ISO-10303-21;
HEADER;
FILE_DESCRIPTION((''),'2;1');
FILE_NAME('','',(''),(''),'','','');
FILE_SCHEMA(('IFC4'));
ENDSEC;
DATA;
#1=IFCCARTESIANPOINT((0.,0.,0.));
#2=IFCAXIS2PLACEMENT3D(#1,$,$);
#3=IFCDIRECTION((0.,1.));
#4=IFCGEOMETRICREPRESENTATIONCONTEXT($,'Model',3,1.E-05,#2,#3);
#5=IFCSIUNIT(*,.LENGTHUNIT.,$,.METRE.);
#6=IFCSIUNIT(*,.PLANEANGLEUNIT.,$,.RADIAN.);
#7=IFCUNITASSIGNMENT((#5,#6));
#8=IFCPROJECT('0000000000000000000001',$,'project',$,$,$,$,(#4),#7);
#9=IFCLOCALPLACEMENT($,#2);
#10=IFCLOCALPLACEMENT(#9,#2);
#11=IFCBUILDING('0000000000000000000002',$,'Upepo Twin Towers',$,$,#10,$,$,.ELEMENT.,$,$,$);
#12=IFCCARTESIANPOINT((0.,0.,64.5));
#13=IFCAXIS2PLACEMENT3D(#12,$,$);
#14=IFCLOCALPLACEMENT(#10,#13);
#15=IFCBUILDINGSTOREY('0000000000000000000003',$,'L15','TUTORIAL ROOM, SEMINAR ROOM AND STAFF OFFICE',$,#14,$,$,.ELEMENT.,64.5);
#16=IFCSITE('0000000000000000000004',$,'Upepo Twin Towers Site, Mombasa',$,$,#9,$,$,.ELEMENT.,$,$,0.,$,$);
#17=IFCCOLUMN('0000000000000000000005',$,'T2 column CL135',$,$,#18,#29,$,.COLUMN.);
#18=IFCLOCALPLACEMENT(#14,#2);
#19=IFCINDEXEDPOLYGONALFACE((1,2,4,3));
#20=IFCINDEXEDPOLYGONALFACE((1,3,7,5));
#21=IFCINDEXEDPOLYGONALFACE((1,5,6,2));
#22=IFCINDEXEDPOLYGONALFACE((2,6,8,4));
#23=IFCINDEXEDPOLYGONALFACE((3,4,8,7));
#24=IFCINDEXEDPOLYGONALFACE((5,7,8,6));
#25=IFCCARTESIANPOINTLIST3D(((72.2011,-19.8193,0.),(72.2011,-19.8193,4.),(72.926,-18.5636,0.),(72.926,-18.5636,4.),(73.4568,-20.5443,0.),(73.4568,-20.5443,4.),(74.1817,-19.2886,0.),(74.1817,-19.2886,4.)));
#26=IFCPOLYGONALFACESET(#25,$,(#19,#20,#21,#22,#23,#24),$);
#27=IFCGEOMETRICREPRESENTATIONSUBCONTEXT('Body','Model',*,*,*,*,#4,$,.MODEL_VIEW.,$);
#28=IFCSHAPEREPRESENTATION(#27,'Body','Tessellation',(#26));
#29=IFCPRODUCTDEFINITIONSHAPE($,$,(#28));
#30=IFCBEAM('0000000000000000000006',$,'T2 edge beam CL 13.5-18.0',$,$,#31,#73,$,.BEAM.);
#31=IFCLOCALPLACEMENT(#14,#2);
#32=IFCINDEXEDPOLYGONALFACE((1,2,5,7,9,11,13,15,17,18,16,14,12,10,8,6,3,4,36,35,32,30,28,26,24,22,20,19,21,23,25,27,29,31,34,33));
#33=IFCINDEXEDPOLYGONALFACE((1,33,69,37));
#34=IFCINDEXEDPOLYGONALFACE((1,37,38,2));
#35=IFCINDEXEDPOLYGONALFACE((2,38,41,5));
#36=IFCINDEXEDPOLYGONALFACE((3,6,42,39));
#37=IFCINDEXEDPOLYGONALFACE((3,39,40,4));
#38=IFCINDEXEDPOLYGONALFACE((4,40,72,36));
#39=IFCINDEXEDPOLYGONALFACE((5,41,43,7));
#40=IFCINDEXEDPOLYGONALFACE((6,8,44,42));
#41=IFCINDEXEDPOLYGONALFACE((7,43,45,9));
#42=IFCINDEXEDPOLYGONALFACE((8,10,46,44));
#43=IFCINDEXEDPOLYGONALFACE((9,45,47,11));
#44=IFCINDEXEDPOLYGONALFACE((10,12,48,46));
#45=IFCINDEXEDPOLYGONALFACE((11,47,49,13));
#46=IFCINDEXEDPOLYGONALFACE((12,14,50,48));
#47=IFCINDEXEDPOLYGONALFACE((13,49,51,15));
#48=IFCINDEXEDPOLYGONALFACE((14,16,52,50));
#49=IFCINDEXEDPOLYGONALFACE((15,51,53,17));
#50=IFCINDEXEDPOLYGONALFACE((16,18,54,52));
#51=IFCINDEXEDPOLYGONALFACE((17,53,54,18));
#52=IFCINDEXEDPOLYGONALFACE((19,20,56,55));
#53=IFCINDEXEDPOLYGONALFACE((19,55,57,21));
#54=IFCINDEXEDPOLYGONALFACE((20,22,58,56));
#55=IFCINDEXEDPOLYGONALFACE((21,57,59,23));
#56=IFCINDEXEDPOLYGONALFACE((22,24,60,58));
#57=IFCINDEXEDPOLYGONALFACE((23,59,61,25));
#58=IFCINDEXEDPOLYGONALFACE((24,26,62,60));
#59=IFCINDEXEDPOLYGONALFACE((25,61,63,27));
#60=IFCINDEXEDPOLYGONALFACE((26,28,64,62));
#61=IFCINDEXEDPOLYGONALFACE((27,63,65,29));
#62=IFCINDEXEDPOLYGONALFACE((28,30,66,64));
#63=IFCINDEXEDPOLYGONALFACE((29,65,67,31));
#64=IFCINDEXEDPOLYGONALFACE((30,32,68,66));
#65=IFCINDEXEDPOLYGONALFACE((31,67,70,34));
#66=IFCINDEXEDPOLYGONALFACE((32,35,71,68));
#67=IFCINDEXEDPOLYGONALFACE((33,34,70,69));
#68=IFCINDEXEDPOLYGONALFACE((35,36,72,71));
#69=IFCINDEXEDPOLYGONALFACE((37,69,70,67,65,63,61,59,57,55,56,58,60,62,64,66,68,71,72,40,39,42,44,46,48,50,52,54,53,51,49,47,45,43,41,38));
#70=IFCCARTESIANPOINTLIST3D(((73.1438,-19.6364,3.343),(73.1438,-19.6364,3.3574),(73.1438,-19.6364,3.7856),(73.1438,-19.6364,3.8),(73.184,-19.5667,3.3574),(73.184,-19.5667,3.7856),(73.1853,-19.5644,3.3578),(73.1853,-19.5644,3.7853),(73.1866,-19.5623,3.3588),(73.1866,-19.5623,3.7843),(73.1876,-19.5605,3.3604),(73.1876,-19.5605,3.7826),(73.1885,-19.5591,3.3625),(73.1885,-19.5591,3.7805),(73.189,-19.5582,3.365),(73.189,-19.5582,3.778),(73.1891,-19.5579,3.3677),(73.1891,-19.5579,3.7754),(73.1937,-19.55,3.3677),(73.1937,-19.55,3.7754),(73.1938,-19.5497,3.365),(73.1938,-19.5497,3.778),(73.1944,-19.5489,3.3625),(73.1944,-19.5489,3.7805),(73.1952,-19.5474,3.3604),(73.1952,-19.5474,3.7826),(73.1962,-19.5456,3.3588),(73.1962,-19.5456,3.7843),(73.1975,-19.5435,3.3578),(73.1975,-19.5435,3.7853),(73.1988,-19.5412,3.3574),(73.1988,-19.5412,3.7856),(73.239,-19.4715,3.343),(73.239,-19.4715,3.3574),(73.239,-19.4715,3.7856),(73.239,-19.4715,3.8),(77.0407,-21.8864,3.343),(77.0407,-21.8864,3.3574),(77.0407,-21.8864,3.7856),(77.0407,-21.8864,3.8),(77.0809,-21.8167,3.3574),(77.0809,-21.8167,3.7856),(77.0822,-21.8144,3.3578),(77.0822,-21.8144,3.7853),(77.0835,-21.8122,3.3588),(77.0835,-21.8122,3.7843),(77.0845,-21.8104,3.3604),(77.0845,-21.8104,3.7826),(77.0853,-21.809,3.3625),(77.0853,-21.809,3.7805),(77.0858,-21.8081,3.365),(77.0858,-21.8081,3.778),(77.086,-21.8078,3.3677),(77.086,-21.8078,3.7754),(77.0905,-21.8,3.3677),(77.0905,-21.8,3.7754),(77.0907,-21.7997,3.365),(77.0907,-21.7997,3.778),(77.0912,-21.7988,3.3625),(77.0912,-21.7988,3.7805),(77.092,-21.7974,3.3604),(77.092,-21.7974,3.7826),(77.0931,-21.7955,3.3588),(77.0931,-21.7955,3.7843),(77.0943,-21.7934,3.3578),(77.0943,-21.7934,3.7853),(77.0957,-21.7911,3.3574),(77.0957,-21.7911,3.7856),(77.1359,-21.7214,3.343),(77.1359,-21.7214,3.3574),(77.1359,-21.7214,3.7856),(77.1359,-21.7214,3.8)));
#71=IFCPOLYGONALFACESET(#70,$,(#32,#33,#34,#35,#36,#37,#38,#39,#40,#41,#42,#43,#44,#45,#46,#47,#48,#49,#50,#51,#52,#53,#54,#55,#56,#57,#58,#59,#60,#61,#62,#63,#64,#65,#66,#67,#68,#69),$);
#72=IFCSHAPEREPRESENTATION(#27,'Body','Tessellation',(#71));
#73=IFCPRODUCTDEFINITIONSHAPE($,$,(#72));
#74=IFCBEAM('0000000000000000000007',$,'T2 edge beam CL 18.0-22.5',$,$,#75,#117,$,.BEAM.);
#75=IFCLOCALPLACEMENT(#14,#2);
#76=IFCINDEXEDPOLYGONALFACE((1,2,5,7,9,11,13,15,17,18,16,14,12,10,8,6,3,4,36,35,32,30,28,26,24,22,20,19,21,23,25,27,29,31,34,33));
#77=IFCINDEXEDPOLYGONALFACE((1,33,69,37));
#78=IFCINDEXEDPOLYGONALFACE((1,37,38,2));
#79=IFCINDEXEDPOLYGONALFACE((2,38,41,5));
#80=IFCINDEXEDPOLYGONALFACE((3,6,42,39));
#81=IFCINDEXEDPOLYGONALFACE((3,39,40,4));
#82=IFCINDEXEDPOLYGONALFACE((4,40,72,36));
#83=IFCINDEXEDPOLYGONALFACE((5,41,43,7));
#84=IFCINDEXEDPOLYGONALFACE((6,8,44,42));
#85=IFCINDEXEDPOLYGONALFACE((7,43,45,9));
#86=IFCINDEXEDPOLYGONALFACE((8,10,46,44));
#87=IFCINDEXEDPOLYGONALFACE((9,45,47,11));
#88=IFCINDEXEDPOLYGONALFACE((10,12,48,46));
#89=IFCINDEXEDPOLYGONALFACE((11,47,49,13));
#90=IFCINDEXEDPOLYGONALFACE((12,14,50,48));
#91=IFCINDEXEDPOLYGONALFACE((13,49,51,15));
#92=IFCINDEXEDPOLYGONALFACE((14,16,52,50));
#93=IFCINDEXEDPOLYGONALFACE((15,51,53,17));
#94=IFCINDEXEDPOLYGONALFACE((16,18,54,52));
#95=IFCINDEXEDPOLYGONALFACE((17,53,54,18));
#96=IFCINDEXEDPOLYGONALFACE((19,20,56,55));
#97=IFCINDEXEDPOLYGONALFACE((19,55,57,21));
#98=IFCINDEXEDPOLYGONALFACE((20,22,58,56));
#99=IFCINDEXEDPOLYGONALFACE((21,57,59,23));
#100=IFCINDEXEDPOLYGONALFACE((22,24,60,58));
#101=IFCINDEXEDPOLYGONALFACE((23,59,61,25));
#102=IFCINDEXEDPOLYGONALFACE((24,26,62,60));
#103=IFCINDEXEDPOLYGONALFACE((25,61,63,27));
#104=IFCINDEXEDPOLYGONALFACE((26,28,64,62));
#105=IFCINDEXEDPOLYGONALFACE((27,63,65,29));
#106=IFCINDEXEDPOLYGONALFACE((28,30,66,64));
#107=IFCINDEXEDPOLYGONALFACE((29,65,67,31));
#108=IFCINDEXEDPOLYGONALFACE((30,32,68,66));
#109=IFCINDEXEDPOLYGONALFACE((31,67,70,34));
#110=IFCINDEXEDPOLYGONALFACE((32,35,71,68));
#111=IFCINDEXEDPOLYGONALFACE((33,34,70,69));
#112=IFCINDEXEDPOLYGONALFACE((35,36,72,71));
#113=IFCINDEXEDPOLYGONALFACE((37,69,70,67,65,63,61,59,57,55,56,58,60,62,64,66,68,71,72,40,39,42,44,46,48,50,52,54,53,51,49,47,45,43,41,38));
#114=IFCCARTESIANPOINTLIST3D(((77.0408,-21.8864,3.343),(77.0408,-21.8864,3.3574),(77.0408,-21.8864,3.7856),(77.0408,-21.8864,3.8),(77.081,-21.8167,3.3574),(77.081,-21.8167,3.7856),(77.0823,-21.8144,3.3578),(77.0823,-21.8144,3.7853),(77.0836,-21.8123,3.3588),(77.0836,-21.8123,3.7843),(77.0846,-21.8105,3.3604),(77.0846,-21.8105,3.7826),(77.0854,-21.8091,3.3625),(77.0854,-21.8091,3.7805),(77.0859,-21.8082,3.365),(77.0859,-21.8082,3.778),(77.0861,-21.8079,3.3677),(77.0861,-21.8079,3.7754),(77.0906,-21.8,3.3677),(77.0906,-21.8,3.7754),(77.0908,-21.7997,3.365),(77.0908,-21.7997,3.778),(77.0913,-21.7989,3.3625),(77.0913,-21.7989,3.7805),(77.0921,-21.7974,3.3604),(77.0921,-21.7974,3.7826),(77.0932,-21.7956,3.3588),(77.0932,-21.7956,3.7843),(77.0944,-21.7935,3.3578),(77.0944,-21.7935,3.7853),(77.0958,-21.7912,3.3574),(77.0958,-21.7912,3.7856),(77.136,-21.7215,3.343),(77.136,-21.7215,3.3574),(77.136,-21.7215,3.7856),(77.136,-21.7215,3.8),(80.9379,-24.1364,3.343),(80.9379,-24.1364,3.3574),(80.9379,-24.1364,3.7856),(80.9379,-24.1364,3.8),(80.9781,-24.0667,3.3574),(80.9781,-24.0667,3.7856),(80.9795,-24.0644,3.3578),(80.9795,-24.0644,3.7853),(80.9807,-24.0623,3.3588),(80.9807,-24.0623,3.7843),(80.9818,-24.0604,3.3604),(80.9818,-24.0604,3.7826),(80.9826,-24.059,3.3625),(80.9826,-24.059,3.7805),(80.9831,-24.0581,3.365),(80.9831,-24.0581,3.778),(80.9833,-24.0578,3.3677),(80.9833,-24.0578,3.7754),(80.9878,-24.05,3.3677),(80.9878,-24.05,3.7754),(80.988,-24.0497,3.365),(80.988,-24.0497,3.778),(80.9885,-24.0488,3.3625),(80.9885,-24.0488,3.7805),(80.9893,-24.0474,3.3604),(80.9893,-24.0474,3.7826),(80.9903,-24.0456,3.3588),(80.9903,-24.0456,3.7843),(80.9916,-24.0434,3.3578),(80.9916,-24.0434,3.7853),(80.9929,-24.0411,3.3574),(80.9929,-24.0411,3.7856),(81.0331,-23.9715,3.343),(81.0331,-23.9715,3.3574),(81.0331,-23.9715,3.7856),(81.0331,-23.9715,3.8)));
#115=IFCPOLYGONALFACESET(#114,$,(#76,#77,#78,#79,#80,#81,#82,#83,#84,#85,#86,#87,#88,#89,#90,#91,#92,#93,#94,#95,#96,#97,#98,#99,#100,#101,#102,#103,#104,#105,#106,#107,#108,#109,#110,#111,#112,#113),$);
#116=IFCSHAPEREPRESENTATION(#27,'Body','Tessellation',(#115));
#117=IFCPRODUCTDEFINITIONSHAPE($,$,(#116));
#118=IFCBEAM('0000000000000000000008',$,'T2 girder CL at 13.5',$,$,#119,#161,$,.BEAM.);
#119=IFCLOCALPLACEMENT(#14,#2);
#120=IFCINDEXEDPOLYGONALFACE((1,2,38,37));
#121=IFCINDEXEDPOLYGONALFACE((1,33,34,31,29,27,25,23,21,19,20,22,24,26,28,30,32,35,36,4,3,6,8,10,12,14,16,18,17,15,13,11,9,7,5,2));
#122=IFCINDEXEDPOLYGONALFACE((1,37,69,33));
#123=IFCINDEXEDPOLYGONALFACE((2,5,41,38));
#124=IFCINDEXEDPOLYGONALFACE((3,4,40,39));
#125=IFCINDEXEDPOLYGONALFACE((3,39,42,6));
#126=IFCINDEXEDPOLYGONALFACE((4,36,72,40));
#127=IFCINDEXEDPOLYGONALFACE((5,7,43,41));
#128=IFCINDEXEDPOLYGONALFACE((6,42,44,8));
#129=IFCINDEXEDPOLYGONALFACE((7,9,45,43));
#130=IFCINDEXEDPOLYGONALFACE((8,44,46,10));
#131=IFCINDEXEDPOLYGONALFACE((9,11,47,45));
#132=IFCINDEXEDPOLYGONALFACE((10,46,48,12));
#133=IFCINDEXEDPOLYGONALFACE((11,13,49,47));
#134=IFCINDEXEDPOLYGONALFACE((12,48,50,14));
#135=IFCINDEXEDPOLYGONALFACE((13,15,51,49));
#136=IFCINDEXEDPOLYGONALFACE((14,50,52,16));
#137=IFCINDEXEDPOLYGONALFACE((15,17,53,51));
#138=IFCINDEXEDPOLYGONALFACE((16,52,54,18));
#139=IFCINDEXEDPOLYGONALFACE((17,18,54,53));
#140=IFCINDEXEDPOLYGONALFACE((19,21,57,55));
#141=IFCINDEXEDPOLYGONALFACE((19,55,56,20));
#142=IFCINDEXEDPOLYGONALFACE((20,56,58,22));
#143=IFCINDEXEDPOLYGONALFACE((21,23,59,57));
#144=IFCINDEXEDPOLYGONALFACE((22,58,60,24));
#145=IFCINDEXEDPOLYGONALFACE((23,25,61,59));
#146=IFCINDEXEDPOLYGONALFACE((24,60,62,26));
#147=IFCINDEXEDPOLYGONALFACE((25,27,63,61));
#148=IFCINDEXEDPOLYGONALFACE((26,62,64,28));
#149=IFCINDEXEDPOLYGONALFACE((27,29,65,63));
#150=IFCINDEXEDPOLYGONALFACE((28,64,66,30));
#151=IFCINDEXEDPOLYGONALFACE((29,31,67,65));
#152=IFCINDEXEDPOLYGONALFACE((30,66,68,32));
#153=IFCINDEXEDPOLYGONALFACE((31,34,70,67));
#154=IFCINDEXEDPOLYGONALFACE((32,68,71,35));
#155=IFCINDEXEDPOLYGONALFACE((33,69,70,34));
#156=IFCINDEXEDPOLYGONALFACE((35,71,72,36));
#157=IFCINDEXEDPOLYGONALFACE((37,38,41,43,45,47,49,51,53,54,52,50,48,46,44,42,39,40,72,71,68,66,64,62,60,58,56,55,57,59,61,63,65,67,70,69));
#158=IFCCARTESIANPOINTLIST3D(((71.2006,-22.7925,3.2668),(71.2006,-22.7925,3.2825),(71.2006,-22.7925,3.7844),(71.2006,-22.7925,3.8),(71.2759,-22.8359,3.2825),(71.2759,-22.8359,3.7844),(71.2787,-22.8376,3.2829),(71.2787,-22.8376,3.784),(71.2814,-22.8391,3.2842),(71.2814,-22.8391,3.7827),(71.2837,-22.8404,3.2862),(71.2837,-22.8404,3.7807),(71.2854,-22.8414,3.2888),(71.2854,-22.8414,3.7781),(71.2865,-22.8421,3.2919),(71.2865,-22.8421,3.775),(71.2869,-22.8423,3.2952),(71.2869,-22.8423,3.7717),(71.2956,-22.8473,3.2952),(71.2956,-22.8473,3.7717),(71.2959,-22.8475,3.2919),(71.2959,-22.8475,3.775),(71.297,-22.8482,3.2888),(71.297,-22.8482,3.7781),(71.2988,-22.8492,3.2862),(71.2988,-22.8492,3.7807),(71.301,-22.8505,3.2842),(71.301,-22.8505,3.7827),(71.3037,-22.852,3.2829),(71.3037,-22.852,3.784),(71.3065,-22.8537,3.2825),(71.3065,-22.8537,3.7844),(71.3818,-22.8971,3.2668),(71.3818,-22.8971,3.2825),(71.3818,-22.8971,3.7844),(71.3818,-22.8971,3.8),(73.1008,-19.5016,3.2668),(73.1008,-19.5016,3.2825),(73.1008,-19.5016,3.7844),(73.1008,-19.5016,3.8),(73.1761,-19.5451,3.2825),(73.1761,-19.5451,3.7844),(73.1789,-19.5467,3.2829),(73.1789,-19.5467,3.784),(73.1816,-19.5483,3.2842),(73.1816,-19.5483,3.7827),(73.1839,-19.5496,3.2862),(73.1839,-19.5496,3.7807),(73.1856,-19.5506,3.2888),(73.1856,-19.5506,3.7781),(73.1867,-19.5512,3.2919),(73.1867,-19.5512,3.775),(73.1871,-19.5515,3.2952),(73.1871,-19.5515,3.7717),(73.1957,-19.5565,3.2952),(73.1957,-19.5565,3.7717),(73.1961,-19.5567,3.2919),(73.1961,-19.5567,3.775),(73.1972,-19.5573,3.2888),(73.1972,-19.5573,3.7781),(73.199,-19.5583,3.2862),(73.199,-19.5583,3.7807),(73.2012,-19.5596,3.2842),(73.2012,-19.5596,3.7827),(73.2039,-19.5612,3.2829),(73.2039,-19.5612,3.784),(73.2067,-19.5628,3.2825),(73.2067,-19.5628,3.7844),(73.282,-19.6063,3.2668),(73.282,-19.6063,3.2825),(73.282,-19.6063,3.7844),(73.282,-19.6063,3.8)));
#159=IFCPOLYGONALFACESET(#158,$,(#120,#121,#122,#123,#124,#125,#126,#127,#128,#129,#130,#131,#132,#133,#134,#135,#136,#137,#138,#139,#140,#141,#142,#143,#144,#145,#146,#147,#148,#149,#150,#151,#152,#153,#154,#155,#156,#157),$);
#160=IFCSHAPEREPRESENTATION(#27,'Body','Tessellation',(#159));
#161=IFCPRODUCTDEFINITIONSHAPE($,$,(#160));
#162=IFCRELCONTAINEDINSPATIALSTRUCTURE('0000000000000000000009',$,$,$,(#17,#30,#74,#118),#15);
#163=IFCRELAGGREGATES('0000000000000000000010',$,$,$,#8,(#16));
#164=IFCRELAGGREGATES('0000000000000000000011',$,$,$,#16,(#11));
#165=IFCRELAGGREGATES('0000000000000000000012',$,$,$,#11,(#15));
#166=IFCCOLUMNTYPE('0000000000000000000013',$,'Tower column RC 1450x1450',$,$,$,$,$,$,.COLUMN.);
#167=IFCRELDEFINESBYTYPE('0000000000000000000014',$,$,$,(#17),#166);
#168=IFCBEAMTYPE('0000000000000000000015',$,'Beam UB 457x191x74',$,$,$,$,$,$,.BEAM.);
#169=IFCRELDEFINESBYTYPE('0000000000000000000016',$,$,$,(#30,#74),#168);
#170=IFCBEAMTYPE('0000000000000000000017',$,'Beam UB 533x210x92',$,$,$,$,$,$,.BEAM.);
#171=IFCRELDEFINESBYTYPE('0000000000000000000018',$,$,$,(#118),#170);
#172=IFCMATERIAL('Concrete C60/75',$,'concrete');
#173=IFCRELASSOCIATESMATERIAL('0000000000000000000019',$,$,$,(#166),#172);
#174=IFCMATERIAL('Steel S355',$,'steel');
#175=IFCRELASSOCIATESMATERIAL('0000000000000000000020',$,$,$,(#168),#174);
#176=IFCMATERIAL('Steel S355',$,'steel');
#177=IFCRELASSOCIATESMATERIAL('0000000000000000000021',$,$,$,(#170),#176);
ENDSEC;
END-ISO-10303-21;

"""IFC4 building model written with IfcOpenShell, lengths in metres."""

from ifc_helpers import new_model, si_unit, direction, frame, origin, origin_2d, place, context, subcontext, project, spatial, rectangle, i_section, extrude, material, material_profile, profile_set, type_object, element, save


model = new_model("IFC4")

# Units and contexts
model_context = context("Model", 3, precision=1e-05, world=origin(), true_north=direction((0.0, 1.0)))
body_context = subcontext(model_context, "Body", "Model", "MODEL_VIEW")
ifc_project = project(units=[si_unit("LENGTHUNIT", "METRE"), si_unit("PLANEANGLEUNIT", "RADIAN")], contexts=[model_context])

# Site, building, storey
site_placement = place(None, origin())
site = spatial("IfcSite", under=ifc_project, at=site_placement, Name="Upepo Twin Towers Site, Mombasa", CompositionType="ELEMENT", RefElevation=0.0)
building_placement = place(site_placement, origin())
building = spatial("IfcBuilding", under=site, at=building_placement, Name="Upepo Twin Towers", CompositionType="ELEMENT")
storey_placement = place(building_placement, frame((0.0, 0.0, 64.5)))
storey = spatial("IfcBuildingStorey", under=building, at=storey_placement, Name="L15", Description="TUTORIAL ROOM, SEMINAR ROOM AND STAFF OFFICE", CompositionType="ELEMENT", Elevation=64.5)

# Column
ifc_material_1 = material(Name="Concrete C60/75", Category="concrete")
ifc_material_profile_1 = material_profile(ifc_material_1, rectangle(XDim=1.45, YDim=1.45, at=origin_2d()), Name="RC 1450x1450")
ifc_profile_set_1 = profile_set([ifc_material_profile_1], Name="Concrete C60/75")
column_type = type_object("IfcColumnType", Name="Tower column RC 1450x1450", PredefinedType="COLUMN", material=ifc_profile_set_1)
column_placement = place(storey_placement, frame((73.1914, -19.554, 0.0), z_axis=(0.0, 0.0, 1.0), x_axis=(0.5, 0.866025, 0.0)))
element("IfcColumn", 1, at=column_placement, inside=storey, type_object=column_type, Name="T2 column CL135", PredefinedType="COLUMN", context=body_context, shape_type="SweptSolid", body=[
    extrude(rectangle(XDim=1.45, YDim=1.45, at=origin_2d()), origin(), (0.0, 0.0, 1.0), 4.0),
])

# Beams
ifc_material_2 = material(Name="Steel S355", Category="steel")
ifc_material_profile_2 = material_profile(ifc_material_2, i_section(OverallWidth=0.1904, OverallDepth=0.457, WebThickness=0.009, FlangeThickness=0.0144, FilletRadius=0.0103, at=origin_2d()), Name="UB 457x191x74")
ifc_profile_set_2 = profile_set([ifc_material_profile_2], Name="Steel S355")
beam_type_1 = type_object("IfcBeamType", Name="Beam UB 457x191x74", PredefinedType="BEAM", material=ifc_profile_set_2)
beam_1_placement = place(storey_placement, frame((73.1914, -19.554, 3.5715), z_axis=(0.866018, -0.500014, 0.0), x_axis=(0.500014, 0.866018, 0.0)))
element("IfcBeam", 2, at=beam_1_placement, inside=storey, type_object=beam_type_1, Name="T2 edge beam CL 13.5-18.0", PredefinedType="BEAM", context=body_context, shape_type="SweptSolid", body=[
    extrude(i_section(OverallWidth=0.1904, OverallDepth=0.457, WebThickness=0.009, FlangeThickness=0.0144, FilletRadius=0.0103, at=origin_2d()), origin(), (0.0, 0.0, 1.0), 4.4998),
])
beam_2_placement = place(storey_placement, frame((77.0884, -21.804, 3.5715), z_axis=(0.866031, -0.49999, 0.0), x_axis=(0.49999, 0.866031, 0.0)))
element("IfcBeam", 3, at=beam_2_placement, inside=storey, type_object=beam_type_1, Name="T2 edge beam CL 18.0-22.5", PredefinedType="BEAM", context=body_context, shape_type="SweptSolid", body=[
    extrude(i_section(OverallWidth=0.1904, OverallDepth=0.457, WebThickness=0.009, FlangeThickness=0.0144, FilletRadius=0.0103, at=origin_2d()), origin(), (0.0, 0.0, 1.0), 4.5),
])
ifc_material_3 = material(Name="Steel S355", Category="steel")
ifc_material_profile_3 = material_profile(ifc_material_3, i_section(OverallWidth=0.2092, OverallDepth=0.5332, WebThickness=0.01, FlangeThickness=0.0156, FilletRadius=0.0127, at=origin_2d()), Name="UB 533x210x92")
ifc_profile_set_3 = profile_set([ifc_material_profile_3], Name="Steel S355")
beam_type_2 = type_object("IfcBeamType", Name="Beam UB 533x210x92", PredefinedType="BEAM", material=ifc_profile_set_3)
beam_3_placement = place(storey_placement, frame((73.1914, -19.554, 3.5334), z_axis=(-0.500043, -0.866, 0.0), x_axis=(0.866, -0.500043, 0.0)))
element("IfcBeam", 4, at=beam_3_placement, inside=storey, type_object=beam_type_2, Name="T2 girder CL at 13.5", PredefinedType="BEAM", context=body_context, shape_type="SweptSolid", body=[
    extrude(i_section(OverallWidth=0.2092, OverallDepth=0.5332, WebThickness=0.01, FlangeThickness=0.0156, FilletRadius=0.0127, at=origin_2d()), origin(), (0.0, 0.0, 1.0), 3.8),
])

save(model, "model.ifc")
